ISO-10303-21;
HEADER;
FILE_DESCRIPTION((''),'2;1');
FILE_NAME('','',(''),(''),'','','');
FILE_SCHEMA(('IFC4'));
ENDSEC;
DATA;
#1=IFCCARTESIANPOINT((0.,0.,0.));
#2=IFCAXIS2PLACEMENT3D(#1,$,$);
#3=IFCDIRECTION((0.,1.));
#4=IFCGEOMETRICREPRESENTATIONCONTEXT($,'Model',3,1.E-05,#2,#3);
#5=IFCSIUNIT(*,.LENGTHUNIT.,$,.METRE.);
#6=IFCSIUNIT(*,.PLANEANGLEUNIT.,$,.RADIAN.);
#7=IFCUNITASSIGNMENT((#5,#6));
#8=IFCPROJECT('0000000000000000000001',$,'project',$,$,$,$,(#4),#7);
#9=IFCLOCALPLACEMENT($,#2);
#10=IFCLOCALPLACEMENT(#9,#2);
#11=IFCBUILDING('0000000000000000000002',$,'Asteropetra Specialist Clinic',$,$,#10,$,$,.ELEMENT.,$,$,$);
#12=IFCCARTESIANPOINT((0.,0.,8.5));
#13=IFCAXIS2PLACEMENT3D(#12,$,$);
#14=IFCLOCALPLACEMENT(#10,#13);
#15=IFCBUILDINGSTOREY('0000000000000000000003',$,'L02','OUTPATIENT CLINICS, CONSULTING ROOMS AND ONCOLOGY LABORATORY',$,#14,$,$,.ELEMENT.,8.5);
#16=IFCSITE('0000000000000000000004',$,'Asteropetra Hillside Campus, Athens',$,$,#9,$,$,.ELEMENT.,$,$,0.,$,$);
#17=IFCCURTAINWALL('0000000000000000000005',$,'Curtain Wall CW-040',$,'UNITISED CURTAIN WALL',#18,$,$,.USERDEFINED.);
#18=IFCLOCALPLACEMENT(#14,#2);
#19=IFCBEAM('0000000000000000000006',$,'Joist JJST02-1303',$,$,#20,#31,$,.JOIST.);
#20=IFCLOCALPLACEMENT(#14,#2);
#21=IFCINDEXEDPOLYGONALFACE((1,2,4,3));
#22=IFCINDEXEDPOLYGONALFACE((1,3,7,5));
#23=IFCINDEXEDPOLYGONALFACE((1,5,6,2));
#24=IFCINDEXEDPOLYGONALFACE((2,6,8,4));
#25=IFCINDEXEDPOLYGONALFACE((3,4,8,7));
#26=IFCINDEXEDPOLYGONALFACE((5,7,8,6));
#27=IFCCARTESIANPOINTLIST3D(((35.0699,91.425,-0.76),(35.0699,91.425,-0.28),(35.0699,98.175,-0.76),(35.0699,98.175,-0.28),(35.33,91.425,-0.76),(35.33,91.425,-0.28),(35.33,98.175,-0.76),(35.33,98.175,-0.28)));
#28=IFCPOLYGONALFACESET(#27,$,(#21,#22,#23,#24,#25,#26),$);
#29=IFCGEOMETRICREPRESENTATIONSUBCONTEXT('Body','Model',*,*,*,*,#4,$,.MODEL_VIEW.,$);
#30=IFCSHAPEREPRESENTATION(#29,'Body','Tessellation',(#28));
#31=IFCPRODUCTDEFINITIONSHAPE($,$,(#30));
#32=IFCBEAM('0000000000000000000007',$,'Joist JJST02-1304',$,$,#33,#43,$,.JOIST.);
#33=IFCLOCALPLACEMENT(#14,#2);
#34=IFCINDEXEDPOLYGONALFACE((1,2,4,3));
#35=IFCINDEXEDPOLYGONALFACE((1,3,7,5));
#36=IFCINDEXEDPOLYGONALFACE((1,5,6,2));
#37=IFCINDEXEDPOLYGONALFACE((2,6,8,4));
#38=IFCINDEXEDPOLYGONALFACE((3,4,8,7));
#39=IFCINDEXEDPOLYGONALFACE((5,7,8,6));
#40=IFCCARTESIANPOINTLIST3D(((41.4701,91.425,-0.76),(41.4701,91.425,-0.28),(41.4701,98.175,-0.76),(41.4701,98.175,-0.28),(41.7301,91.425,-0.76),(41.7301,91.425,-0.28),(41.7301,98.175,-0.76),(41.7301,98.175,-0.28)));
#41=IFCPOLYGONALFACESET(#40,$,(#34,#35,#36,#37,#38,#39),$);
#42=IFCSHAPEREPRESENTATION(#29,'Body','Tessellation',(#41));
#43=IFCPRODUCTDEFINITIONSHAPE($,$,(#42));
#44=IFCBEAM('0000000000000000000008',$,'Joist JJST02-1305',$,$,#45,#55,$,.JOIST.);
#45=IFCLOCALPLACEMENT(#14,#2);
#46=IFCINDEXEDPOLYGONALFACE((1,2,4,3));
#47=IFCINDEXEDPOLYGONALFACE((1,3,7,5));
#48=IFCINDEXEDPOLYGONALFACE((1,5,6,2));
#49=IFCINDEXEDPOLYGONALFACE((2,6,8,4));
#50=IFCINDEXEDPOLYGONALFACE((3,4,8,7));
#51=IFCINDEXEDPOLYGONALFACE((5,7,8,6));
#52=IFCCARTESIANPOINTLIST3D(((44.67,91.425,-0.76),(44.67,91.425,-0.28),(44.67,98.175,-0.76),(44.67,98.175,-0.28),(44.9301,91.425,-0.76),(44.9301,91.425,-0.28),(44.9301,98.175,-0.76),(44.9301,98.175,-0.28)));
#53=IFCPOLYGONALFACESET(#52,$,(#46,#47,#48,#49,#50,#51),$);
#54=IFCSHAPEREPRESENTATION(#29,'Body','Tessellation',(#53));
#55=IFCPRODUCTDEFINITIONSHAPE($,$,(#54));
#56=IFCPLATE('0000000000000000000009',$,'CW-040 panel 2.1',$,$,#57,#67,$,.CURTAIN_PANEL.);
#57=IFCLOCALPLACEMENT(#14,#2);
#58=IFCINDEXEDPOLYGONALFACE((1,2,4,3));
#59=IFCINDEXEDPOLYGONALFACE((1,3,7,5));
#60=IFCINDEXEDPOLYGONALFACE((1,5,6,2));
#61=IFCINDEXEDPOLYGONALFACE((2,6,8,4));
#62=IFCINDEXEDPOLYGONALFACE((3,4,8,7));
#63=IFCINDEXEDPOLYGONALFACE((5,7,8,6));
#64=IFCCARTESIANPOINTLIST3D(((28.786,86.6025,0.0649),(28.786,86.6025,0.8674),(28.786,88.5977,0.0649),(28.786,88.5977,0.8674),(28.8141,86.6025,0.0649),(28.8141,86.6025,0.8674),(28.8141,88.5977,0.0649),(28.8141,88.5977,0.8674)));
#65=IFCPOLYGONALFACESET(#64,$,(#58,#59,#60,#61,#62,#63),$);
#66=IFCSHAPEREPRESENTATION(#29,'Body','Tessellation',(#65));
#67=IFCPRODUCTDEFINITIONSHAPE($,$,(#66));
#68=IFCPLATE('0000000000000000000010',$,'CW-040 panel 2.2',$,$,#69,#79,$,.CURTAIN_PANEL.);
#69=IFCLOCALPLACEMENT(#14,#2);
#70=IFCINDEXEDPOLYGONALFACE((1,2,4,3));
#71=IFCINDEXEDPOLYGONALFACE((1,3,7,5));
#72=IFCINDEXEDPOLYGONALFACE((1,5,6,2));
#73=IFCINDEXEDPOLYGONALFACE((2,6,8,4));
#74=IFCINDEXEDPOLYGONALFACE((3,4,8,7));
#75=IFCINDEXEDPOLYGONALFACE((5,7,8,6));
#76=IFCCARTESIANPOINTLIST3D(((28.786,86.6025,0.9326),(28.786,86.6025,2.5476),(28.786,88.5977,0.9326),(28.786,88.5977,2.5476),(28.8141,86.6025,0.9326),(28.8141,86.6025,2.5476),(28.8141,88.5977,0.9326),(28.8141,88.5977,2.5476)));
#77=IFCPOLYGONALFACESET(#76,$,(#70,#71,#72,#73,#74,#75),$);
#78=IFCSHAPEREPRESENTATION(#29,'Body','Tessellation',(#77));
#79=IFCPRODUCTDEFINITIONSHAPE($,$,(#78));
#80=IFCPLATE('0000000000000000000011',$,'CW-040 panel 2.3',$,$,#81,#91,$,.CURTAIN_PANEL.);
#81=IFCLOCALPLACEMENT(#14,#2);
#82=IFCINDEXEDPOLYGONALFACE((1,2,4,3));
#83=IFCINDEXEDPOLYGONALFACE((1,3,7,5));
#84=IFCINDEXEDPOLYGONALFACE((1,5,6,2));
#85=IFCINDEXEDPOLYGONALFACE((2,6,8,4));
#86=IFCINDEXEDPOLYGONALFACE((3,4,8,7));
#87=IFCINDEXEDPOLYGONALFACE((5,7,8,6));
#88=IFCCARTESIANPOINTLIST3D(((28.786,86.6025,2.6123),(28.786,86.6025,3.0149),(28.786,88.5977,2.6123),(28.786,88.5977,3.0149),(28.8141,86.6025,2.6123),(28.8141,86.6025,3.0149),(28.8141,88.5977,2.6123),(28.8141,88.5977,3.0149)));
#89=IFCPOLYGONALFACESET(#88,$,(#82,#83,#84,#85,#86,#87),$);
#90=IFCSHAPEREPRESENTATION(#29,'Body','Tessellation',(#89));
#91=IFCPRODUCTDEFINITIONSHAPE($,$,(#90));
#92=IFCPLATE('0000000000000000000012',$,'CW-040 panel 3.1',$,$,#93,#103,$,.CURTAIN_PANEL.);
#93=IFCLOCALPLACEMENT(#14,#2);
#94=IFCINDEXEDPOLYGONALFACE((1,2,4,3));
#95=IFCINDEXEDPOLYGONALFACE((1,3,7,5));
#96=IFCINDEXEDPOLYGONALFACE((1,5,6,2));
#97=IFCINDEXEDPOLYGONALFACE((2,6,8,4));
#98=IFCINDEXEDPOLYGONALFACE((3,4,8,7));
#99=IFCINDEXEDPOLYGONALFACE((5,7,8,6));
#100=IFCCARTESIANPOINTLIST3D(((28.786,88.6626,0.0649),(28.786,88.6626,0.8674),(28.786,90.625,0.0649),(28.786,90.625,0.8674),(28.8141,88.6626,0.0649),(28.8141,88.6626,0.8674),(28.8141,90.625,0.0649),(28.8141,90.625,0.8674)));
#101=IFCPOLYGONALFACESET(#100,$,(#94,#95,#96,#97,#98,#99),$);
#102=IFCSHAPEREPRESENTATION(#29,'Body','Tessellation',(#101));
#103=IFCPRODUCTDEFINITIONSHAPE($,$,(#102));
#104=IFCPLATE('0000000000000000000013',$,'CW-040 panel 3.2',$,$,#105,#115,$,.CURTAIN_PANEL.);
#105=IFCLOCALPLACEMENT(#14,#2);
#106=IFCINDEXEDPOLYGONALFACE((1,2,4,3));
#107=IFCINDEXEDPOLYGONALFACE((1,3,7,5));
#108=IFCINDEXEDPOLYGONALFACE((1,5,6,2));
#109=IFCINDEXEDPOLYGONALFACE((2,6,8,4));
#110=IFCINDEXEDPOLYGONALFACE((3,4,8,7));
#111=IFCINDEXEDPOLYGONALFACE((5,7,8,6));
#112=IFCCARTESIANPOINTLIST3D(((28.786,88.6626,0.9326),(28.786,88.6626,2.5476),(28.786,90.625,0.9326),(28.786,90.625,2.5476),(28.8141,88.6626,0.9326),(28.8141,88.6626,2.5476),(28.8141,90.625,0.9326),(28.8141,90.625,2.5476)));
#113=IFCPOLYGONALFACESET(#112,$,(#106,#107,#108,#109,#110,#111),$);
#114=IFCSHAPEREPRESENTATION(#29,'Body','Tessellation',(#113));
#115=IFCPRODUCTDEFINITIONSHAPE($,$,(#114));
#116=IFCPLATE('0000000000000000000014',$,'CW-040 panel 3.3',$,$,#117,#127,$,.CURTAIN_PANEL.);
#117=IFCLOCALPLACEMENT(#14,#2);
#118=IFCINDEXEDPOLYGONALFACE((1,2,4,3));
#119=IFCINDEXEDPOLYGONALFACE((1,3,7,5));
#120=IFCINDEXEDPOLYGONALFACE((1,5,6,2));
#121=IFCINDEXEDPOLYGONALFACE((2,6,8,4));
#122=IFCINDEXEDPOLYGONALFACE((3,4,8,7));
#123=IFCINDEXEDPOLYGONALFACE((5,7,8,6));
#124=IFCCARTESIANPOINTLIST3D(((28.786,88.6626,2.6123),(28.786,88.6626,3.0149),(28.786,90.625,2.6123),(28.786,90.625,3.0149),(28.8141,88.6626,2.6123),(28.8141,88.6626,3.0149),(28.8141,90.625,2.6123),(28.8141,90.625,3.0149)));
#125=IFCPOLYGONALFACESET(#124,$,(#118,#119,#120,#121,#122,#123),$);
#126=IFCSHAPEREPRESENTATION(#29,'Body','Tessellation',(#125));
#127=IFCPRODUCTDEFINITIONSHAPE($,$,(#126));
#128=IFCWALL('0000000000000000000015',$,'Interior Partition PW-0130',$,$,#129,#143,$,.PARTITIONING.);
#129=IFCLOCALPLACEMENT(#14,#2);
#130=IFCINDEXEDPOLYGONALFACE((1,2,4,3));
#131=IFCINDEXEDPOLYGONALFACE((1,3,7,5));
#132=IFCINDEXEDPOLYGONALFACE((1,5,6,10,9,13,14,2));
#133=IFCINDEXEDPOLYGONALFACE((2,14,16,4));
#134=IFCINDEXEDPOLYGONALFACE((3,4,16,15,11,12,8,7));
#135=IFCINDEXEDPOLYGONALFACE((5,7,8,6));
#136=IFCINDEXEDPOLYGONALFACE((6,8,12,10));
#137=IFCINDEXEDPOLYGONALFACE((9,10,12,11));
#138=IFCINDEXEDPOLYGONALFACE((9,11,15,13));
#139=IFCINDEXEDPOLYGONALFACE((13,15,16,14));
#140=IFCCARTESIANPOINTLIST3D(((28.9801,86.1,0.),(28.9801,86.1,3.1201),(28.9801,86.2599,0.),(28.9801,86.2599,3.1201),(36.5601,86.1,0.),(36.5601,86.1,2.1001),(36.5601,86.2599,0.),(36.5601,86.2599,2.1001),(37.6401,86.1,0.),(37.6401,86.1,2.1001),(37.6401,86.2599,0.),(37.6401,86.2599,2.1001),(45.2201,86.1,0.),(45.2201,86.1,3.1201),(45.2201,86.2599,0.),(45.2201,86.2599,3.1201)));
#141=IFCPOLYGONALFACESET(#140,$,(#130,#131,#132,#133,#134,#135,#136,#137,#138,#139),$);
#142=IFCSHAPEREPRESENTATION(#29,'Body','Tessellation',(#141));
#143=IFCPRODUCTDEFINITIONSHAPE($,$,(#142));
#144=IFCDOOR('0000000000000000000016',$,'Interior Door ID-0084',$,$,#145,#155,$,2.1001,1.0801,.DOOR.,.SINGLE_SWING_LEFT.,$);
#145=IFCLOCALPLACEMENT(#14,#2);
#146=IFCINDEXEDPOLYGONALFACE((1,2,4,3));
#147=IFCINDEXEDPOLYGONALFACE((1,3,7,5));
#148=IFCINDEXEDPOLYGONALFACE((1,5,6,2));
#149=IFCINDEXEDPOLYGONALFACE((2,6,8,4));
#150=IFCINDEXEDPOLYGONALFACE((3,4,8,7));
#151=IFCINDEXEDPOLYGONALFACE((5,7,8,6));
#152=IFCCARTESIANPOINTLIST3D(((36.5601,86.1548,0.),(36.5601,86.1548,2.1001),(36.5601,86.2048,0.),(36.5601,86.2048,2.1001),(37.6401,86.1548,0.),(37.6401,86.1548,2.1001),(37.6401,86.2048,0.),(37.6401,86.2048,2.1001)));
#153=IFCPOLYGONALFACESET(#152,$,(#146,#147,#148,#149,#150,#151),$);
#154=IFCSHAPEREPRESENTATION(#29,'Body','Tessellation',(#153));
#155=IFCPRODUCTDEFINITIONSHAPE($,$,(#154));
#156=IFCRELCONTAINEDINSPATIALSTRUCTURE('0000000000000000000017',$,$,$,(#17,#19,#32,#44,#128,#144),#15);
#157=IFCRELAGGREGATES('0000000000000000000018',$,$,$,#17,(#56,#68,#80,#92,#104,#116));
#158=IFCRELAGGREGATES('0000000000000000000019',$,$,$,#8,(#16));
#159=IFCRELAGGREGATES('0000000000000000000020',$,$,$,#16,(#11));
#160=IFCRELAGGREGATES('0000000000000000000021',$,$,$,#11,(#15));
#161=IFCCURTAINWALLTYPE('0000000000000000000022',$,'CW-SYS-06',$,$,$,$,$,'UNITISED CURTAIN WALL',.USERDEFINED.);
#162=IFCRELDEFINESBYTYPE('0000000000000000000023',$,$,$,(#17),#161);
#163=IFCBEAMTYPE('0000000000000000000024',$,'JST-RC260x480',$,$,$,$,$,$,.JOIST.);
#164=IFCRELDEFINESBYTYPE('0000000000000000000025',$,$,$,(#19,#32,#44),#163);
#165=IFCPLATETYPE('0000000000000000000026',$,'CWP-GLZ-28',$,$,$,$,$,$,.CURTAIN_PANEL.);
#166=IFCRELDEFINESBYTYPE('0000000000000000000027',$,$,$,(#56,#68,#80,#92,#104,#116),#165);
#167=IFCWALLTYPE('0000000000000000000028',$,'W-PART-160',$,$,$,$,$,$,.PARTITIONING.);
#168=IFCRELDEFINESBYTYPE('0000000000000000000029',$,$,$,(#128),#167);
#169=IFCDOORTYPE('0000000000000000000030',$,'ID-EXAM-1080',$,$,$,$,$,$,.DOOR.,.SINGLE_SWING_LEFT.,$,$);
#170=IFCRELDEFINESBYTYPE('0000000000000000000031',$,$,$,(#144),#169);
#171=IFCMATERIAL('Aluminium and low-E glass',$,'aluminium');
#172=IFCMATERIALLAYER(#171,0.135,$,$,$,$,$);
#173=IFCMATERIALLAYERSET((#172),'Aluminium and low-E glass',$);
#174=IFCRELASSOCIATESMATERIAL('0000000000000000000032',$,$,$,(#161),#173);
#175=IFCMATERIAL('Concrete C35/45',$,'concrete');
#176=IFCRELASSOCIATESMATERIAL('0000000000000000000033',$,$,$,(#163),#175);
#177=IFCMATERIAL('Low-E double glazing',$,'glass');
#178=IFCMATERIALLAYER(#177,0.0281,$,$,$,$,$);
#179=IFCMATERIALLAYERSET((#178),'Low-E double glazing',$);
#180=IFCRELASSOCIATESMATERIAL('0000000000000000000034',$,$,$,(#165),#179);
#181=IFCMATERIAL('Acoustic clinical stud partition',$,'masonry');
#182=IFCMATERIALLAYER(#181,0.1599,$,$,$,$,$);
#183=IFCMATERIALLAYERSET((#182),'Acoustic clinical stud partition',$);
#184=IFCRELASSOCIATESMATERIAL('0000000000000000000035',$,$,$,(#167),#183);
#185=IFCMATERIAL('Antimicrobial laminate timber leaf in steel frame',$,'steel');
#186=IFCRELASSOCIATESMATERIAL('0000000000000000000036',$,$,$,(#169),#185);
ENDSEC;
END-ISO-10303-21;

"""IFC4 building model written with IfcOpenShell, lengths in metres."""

from ifc_helpers import new_model, si_unit, direction, frame, frame_2d, origin, origin_2d, place, context, subcontext, project, spatial, rectangle, extrude, material, layer, layer_set, material_profile, profile_set, type_object, element, fill, aggregate, save


model = new_model("IFC4")

# Units and contexts
model_context = context("Model", 3, precision=1e-05, world=origin(), true_north=direction((0.0, 1.0)))
body_context = subcontext(model_context, "Body", "Model", "MODEL_VIEW")
ifc_project = project(units=[si_unit("LENGTHUNIT", "METRE"), si_unit("PLANEANGLEUNIT", "RADIAN")], contexts=[model_context])

# Site, building, storey
site_placement = place(None, origin())
site = spatial("IfcSite", under=ifc_project, at=site_placement, Name="Asteropetra Hillside Campus, Athens", CompositionType="ELEMENT", RefElevation=0.0)
building_placement = place(site_placement, origin())
building = spatial("IfcBuilding", under=site, at=building_placement, Name="Asteropetra Specialist Clinic", CompositionType="ELEMENT")
storey_placement = place(building_placement, frame((0.0, 0.0, 8.5)))
storey = spatial("IfcBuildingStorey", under=building, at=storey_placement, Name="L02", Description="OUTPATIENT CLINICS, CONSULTING ROOMS AND ONCOLOGY LABORATORY", CompositionType="ELEMENT", Elevation=8.5)

# Curtain wall
ifc_material_1 = material(Name="Aluminium and low-E glass", Category="aluminium")
ifc_layer_1 = layer(ifc_material_1, 0.135)
ifc_layer_set_1 = layer_set([ifc_layer_1], Name="Aluminium and low-E glass")
curtain_wall_type = type_object("IfcCurtainWallType", Name="CW-SYS-06", ElementType="UNITISED CURTAIN WALL", PredefinedType="USERDEFINED", material=ifc_layer_set_1)
curtain_wall_placement = place(storey_placement, origin())
curtain_wall = element("IfcCurtainWall", 1, at=curtain_wall_placement, inside=storey, type_object=curtain_wall_type, Name="Curtain Wall CW-040", ObjectType="UNITISED CURTAIN WALL", PredefinedType="USERDEFINED")

# Beams
ifc_material_2 = material(Name="Concrete C35/45", Category="concrete")
ifc_material_profile_1 = material_profile(ifc_material_2, rectangle(XDim=0.26, YDim=0.48, at=origin_2d()), Name="RCJ 260x480")
ifc_profile_set_1 = profile_set([ifc_material_profile_1], Name="Concrete C35/45")
beam_type_1 = type_object("IfcBeamType", Name="JST-RC260x480", PredefinedType="JOIST", material=ifc_profile_set_1)
for number, where, z_axis, x_axis, name in (
    (2, (35.2, 91.425, -0.52), (0.0, 1.0, 0.0), (-1.0, 0.0, 0.0), "Joist JJST02-1303"),
    (3, (41.6001, 91.425, -0.52), (0.0, 1.0, 0.0), (-1.0, 0.0, 0.0), "Joist JJST02-1304"),
    (4, (44.8, 91.425, -0.52), (0.0, 1.0, 0.0), (-1.0, 0.0, 0.0), "Joist JJST02-1305"),
):
    element("IfcBeam", number, at=place(storey_placement, frame(where, z_axis=z_axis, x_axis=x_axis)), inside=storey, type_object=beam_type_1, Name=name, PredefinedType="JOIST", context=body_context, shape_type="SweptSolid", body=[
        extrude(rectangle(XDim=0.26, YDim=0.48, at=origin_2d()), origin(), (0.0, 0.0, 1.0), 6.75),
    ])

# Plates
ifc_material_3 = material(Name="Low-E double glazing", Category="glass")
ifc_layer_2 = layer(ifc_material_3, 0.0281)
ifc_layer_set_2 = layer_set([ifc_layer_2], Name="Low-E double glazing")
plate_type = type_object("IfcPlateType", Name="CWP-GLZ-28", PredefinedType="CURTAIN_PANEL", material=ifc_layer_set_2)
plate_1_placement = place(storey_placement, frame((28.8, 87.6001, 0.0649), z_axis=(0.0, 0.0, 1.0), x_axis=(0.0, 1.0, 0.0)))
plate_1 = element("IfcPlate", 5, at=plate_1_placement, type_object=plate_type, Name="CW-040 panel 2.1", PredefinedType="CURTAIN_PANEL", context=body_context, shape_type="SweptSolid", body=[
    extrude(rectangle(XDim=1.9951, YDim=0.0281, at=origin_2d()), origin(), (0.0, 0.0, 1.0), 0.8025),
])
plate_2_placement = place(storey_placement, frame((28.8, 87.6001, 0.9326), z_axis=(0.0, 0.0, 1.0), x_axis=(0.0, 1.0, 0.0)))
plate_2 = element("IfcPlate", 6, at=plate_2_placement, type_object=plate_type, Name="CW-040 panel 2.2", PredefinedType="CURTAIN_PANEL", context=body_context, shape_type="SweptSolid", body=[
    extrude(rectangle(XDim=1.9951, YDim=0.0281, at=origin_2d()), origin(), (0.0, 0.0, 1.0), 1.615),
])
plate_3_placement = place(storey_placement, frame((28.8, 87.6001, 2.6123), z_axis=(0.0, 0.0, 1.0), x_axis=(0.0, 1.0, 0.0)))
plate_3 = element("IfcPlate", 7, at=plate_3_placement, type_object=plate_type, Name="CW-040 panel 2.3", PredefinedType="CURTAIN_PANEL", context=body_context, shape_type="SweptSolid", body=[
    extrude(rectangle(XDim=1.9951, YDim=0.0281, at=origin_2d()), origin(), (0.0, 0.0, 1.0), 0.4026),
])
plate_4_placement = place(storey_placement, frame((28.8, 89.6438, 0.0649), z_axis=(0.0, 0.0, 1.0), x_axis=(0.0, 1.0, 0.0)))
plate_4 = element("IfcPlate", 8, at=plate_4_placement, type_object=plate_type, Name="CW-040 panel 3.1", PredefinedType="CURTAIN_PANEL", context=body_context, shape_type="SweptSolid", body=[
    extrude(rectangle(XDim=1.9624, YDim=0.0281, at=origin_2d()), origin(), (0.0, 0.0, 1.0), 0.8025),
])
plate_5_placement = place(storey_placement, frame((28.8, 89.6438, 0.9326), z_axis=(0.0, 0.0, 1.0), x_axis=(0.0, 1.0, 0.0)))
plate_5 = element("IfcPlate", 9, at=plate_5_placement, type_object=plate_type, Name="CW-040 panel 3.2", PredefinedType="CURTAIN_PANEL", context=body_context, shape_type="SweptSolid", body=[
    extrude(rectangle(XDim=1.9624, YDim=0.0281, at=origin_2d()), origin(), (0.0, 0.0, 1.0), 1.615),
])
plate_6_placement = place(storey_placement, frame((28.8, 89.6438, 2.6123), z_axis=(0.0, 0.0, 1.0), x_axis=(0.0, 1.0, 0.0)))
plate_6 = element("IfcPlate", 10, at=plate_6_placement, type_object=plate_type, Name="CW-040 panel 3.3", PredefinedType="CURTAIN_PANEL", context=body_context, shape_type="SweptSolid", body=[
    extrude(rectangle(XDim=1.9624, YDim=0.0281, at=origin_2d()), origin(), (0.0, 0.0, 1.0), 0.4026),
])
aggregate(curtain_wall, [plate_1, plate_2, plate_3, plate_4, plate_5, plate_6])

# Wall, opening, door
ifc_material_4 = material(Name="Acoustic clinical stud partition", Category="masonry")
ifc_layer_3 = layer(ifc_material_4, 0.1599)
ifc_layer_set_3 = layer_set([ifc_layer_3], Name="Acoustic clinical stud partition")
wall_type = type_object("IfcWallType", Name="W-PART-160", PredefinedType="PARTITIONING", material=ifc_layer_set_3)
wall_placement = place(storey_placement, frame((28.98, 86.1799, 0.0), z_axis=(0.0, 0.0, 1.0), x_axis=(1.0, 0.0, 0.0)))
wall = element("IfcWall", 11, at=wall_placement, inside=storey, type_object=wall_type, Name="Interior Partition PW-0130", PredefinedType="PARTITIONING", context=body_context, shape_type="SweptSolid", body=[
    extrude(rectangle(XDim=16.24, YDim=0.1599, at=frame_2d((8.1201, 0.0))), origin(), (0.0, 0.0, 1.0), 3.1201),
])
opening_placement = place(wall_placement, frame((7.5801, 0.0, 0.0)))
opening = element("IfcOpeningElement", 12, at=opening_placement, cuts=wall, PredefinedType="OPENING", context=body_context, shape_type="SweptSolid", body=[
    extrude(rectangle(XDim=1.0801, YDim=2.1001, at=frame_2d((0.54, 1.05))), frame((0.0, 0.0898, 0.0), z_axis=(0.0, -1.0, 0.0), x_axis=(1.0, 0.0, 0.0)), (0.0, 0.0, 1.0), 0.1799),
])
ifc_material_5 = material(Name="Antimicrobial laminate timber leaf in steel frame", Category="steel")
door_type = type_object("IfcDoorType", Name="ID-EXAM-1080", OperationType="SINGLE_SWING_LEFT", PredefinedType="DOOR", material=ifc_material_5)
door_placement = place(opening_placement, origin())
door = element("IfcDoor", 13, at=door_placement, inside=storey, type_object=door_type, Name="Interior Door ID-0084", OperationType="SINGLE_SWING_LEFT", OverallHeight=2.1001, OverallWidth=1.0801, PredefinedType="DOOR", context=body_context, shape_type="SweptSolid", body=[
    extrude(rectangle(XDim=1.0801, YDim=2.1001, at=frame_2d((0.54, 1.05))), frame((0.0, 0.0249, 0.0), z_axis=(0.0, -1.0, 0.0), x_axis=(1.0, 0.0, 0.0)), (0.0, 0.0, 1.0), 0.05),
])
fill(opening, door)

save(model, "model.ifc")
